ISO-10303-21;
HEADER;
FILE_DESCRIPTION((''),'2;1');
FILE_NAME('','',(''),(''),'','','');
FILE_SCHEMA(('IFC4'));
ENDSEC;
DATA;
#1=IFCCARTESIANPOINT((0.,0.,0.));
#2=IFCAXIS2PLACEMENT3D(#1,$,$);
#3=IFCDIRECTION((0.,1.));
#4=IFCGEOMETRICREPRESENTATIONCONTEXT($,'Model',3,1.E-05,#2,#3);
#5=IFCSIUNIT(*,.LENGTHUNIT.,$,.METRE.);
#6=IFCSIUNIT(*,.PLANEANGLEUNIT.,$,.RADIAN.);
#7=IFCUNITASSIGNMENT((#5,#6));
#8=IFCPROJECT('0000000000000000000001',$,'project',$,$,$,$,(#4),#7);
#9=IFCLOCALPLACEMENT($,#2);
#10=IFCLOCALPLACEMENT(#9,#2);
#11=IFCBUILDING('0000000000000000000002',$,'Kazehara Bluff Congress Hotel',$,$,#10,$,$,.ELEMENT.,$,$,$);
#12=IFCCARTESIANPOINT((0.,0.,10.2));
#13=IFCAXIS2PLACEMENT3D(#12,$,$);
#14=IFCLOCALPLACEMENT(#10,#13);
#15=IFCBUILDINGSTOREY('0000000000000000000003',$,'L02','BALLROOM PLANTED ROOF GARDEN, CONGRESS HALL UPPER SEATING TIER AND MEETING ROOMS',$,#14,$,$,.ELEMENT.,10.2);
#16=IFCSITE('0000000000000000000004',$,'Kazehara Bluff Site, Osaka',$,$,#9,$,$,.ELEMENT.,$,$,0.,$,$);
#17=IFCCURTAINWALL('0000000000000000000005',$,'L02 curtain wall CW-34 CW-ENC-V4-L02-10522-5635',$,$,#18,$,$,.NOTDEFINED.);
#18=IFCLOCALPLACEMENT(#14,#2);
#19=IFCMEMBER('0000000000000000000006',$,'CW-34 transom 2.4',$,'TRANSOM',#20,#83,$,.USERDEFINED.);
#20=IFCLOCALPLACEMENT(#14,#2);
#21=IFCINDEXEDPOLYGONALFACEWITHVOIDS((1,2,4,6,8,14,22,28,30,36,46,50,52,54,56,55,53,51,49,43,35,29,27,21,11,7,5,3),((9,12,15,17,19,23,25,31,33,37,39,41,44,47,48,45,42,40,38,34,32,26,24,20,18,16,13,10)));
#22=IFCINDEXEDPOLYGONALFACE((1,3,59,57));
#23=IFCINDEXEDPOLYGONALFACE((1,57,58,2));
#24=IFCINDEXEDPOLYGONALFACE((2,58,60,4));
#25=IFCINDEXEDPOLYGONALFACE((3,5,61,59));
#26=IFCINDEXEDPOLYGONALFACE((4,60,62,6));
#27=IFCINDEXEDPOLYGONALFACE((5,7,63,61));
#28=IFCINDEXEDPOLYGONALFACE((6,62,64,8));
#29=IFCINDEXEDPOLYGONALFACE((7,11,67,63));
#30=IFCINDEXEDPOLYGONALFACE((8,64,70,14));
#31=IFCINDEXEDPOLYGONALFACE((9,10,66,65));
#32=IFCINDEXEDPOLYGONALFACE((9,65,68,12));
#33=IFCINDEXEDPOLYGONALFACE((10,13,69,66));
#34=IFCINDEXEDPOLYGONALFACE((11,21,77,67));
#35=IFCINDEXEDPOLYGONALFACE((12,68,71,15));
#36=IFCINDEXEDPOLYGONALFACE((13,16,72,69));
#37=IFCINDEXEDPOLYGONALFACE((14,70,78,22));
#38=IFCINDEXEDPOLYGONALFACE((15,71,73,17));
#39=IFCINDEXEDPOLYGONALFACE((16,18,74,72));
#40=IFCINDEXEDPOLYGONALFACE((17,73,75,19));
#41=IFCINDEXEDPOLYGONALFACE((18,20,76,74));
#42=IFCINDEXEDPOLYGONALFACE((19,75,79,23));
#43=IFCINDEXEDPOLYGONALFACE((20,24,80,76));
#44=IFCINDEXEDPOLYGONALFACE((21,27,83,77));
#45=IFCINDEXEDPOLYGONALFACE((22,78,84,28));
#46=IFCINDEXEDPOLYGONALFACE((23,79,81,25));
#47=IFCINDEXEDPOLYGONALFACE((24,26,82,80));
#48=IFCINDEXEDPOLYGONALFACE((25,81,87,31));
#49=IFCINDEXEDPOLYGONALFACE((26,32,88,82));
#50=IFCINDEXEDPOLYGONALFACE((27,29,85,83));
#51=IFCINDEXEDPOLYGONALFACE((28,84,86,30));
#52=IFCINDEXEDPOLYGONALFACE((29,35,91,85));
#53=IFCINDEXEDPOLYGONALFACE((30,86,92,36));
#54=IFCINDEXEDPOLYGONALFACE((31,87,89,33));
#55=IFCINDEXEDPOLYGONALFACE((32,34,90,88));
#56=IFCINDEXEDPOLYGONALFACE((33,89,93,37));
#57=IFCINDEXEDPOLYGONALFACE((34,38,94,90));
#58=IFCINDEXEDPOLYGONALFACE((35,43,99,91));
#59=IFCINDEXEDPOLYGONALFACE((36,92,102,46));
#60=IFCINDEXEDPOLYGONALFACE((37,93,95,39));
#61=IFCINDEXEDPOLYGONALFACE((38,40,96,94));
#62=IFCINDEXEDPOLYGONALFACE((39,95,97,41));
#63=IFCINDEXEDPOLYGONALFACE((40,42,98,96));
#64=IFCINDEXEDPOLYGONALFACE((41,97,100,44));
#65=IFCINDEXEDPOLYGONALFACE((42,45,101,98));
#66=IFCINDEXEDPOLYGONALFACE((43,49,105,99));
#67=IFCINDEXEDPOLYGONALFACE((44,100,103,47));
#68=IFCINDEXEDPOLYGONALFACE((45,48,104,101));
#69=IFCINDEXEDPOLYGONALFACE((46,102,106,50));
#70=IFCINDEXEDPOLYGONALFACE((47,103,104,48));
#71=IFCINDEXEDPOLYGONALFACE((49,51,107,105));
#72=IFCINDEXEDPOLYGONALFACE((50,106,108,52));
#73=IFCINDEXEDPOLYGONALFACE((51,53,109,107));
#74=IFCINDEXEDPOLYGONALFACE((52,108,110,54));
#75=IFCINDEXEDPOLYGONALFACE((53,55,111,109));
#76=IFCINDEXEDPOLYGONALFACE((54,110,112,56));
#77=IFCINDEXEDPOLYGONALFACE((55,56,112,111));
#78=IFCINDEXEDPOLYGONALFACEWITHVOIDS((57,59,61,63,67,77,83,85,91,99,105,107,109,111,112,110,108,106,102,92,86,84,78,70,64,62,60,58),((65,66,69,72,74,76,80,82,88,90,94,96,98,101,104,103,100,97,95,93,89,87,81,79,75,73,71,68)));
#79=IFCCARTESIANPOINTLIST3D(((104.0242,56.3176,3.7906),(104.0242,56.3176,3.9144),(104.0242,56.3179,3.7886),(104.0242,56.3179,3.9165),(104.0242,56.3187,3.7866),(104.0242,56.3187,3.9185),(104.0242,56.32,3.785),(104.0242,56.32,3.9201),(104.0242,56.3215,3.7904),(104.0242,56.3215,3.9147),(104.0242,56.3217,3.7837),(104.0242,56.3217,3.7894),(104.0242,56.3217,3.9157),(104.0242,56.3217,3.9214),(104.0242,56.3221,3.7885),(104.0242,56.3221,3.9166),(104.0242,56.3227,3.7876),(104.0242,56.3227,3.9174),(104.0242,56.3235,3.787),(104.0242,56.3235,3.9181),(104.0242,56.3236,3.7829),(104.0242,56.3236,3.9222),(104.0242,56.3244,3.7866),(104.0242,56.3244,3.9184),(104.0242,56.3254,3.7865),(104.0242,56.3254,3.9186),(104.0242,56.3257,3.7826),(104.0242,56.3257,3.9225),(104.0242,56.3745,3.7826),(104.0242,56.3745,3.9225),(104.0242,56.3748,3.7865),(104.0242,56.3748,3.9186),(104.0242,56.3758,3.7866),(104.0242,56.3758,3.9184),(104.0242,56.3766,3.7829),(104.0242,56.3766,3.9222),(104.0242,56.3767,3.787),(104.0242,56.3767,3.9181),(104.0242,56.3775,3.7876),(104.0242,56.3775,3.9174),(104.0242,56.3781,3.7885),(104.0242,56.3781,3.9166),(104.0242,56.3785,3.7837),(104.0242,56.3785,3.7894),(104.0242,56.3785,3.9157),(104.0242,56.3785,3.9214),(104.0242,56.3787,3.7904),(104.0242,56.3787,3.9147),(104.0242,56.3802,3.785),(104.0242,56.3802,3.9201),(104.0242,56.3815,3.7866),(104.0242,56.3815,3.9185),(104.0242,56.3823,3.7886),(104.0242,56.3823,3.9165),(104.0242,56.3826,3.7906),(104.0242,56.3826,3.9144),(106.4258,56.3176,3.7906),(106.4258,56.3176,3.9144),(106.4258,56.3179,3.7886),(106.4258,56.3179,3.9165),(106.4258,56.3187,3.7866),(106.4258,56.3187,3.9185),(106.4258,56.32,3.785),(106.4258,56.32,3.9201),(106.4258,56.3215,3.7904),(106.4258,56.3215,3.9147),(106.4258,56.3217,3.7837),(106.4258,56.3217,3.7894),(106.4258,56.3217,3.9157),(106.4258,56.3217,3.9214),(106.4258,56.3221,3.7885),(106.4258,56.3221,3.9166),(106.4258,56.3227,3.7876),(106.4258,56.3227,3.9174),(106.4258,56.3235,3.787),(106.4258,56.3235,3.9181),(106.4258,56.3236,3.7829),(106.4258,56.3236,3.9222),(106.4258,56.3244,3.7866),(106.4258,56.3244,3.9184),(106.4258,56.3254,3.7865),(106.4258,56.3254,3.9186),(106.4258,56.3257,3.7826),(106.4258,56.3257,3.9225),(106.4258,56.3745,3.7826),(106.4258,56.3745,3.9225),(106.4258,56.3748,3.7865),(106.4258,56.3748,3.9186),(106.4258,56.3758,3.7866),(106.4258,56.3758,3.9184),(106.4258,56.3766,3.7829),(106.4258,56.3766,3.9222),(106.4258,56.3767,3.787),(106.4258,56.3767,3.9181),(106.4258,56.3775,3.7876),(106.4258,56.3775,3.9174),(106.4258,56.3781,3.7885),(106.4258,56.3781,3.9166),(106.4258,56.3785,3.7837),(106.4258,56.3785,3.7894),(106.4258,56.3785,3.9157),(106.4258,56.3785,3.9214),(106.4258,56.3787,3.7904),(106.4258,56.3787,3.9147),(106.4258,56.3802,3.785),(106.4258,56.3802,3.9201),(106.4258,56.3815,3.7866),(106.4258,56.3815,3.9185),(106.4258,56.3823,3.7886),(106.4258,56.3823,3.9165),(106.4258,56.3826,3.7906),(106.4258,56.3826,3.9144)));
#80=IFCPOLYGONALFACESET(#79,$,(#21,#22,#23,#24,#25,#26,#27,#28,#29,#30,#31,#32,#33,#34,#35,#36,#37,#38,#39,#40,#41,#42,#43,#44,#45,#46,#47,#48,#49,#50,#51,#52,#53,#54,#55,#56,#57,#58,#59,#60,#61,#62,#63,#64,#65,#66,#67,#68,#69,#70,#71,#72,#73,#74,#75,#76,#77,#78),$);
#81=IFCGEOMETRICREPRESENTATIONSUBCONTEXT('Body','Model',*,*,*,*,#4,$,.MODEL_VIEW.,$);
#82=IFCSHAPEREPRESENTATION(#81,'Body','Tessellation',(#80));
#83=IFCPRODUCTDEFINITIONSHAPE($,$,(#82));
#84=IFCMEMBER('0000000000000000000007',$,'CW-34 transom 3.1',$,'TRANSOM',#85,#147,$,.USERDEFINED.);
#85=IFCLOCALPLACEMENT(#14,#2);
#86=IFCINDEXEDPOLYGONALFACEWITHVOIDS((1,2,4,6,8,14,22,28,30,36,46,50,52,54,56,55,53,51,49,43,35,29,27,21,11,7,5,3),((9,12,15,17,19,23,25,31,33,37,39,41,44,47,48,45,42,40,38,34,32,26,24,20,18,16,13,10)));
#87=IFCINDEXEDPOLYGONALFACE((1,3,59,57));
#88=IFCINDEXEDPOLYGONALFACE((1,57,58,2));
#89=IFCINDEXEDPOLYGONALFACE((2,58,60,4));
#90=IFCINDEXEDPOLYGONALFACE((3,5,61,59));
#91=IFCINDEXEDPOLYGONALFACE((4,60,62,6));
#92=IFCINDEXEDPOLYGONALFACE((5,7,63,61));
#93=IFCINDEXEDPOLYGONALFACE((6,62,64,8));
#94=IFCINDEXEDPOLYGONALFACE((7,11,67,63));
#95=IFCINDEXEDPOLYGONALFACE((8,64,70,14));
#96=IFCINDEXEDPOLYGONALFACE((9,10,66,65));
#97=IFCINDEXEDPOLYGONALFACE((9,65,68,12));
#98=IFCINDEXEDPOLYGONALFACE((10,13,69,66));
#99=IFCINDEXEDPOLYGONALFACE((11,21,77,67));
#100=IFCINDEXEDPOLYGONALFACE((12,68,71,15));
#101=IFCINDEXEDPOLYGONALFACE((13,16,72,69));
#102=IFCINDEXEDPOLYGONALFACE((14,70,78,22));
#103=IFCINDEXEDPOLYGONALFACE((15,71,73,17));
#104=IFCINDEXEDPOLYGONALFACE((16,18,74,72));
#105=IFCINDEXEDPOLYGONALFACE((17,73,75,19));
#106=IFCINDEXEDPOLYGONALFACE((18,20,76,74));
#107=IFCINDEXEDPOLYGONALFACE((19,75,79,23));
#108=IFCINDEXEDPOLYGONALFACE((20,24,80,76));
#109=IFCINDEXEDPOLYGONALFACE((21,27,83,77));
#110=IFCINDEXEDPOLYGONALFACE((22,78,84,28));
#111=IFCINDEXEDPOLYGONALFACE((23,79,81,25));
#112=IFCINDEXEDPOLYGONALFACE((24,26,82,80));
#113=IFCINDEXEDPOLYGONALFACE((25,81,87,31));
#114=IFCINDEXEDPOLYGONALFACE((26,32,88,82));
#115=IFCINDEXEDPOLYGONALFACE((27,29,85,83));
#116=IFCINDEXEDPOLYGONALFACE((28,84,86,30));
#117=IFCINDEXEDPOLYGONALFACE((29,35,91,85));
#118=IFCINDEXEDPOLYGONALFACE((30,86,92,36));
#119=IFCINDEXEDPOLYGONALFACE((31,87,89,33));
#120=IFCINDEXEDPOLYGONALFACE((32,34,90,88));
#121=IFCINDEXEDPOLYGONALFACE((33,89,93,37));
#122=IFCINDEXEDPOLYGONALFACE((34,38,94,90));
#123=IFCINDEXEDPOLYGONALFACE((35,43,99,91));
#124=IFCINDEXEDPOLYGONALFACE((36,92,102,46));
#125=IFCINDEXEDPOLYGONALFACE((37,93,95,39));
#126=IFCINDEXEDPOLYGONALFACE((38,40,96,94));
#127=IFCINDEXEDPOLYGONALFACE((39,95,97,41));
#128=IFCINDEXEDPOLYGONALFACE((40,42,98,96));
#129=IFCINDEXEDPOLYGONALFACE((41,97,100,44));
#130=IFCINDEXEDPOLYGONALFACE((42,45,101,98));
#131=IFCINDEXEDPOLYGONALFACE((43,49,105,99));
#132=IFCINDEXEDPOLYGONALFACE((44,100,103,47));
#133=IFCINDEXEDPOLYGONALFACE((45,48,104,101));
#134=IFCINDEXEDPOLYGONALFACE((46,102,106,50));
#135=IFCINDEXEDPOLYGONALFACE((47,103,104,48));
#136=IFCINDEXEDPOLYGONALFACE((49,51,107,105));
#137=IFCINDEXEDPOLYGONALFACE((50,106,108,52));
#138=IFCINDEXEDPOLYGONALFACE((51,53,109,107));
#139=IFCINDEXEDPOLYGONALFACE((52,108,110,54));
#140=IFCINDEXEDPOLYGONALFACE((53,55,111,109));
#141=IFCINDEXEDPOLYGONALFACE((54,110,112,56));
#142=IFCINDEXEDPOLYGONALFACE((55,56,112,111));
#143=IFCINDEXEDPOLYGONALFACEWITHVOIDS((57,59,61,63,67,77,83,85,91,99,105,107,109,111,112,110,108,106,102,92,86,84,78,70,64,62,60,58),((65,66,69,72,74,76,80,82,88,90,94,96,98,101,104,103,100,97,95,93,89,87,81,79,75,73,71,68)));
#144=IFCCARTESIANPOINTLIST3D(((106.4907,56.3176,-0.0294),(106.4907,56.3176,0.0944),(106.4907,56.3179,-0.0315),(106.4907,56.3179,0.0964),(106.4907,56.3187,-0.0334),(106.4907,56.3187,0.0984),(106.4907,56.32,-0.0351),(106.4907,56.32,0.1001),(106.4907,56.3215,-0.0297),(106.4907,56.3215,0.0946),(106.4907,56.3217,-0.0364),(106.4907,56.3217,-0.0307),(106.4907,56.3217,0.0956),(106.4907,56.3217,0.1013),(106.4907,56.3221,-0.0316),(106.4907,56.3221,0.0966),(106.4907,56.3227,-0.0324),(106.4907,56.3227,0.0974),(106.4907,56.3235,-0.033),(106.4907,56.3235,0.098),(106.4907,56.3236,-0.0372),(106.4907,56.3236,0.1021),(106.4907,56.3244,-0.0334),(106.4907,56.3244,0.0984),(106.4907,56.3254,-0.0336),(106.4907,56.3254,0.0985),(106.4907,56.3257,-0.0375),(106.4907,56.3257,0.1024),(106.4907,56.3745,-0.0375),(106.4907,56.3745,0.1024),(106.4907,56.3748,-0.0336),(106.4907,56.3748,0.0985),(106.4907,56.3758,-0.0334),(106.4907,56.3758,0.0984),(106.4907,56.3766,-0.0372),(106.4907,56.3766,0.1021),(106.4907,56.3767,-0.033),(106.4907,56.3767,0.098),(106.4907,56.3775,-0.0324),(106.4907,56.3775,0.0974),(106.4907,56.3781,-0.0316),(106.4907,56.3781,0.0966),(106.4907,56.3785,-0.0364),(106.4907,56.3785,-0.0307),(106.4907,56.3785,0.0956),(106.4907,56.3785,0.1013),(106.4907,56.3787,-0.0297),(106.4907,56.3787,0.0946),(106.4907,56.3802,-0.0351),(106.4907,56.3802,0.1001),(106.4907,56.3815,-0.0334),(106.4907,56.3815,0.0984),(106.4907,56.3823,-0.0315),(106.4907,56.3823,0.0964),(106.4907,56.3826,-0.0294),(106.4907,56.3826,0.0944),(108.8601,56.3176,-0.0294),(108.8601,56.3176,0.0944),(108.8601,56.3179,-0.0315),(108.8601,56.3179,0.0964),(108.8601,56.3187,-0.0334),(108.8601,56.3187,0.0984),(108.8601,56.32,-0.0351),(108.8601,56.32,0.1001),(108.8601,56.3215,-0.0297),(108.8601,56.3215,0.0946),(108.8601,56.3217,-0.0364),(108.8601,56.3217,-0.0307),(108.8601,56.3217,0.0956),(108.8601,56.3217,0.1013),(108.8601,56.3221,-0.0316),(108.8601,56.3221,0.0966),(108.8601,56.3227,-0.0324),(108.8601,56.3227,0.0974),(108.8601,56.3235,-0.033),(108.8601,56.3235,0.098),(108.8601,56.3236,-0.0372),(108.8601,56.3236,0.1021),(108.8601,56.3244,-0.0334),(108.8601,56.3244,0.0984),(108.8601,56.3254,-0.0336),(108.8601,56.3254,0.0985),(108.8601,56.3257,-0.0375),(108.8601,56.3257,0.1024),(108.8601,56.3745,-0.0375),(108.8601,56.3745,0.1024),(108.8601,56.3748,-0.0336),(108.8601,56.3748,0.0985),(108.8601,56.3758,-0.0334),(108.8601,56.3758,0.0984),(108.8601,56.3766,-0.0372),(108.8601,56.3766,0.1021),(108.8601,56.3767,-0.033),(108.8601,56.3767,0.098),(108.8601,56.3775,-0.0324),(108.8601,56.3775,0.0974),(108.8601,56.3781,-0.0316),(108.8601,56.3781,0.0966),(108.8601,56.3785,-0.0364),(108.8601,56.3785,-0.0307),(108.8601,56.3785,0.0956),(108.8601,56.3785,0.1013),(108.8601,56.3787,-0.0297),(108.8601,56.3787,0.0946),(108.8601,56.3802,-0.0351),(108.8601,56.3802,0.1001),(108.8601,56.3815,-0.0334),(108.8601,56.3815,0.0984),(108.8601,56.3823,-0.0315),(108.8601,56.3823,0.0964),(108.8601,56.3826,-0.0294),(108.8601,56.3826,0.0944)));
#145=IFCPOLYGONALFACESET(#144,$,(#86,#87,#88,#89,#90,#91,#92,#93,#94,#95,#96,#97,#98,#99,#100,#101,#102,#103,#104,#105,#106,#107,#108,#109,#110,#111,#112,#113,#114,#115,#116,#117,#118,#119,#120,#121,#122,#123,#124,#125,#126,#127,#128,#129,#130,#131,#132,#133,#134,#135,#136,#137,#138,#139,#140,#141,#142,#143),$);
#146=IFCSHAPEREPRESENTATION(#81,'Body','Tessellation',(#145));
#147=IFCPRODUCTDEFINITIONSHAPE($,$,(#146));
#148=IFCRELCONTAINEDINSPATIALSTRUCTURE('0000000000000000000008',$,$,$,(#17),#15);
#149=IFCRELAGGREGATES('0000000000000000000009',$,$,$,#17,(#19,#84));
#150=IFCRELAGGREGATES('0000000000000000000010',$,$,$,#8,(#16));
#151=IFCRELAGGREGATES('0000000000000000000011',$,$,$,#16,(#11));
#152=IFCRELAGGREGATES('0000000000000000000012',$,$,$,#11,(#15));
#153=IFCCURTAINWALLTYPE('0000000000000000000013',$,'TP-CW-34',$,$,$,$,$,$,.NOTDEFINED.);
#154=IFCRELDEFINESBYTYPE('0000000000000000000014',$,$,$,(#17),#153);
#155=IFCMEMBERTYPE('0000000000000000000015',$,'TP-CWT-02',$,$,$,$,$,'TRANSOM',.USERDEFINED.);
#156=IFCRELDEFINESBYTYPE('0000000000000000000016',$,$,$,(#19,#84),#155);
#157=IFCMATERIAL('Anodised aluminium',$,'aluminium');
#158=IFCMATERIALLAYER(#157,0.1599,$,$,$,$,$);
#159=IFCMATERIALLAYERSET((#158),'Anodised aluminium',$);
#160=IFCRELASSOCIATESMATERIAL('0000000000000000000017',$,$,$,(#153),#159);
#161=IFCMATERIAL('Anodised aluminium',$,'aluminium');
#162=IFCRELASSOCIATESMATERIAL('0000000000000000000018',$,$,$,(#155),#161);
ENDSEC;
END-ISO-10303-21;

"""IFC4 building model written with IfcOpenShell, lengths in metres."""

from ifc_helpers import new_model, si_unit, direction, frame, origin, origin_2d, place, context, subcontext, project, spatial, hollow_rectangle, extrude, material, layer, layer_set, material_profile, profile_set, type_object, element, aggregate, save


model = new_model("IFC4")

# Units and contexts
model_context = context("Model", 3, precision=1e-05, world=origin(), true_north=direction((0.0, 1.0)))
body_context = subcontext(model_context, "Body", "Model", "MODEL_VIEW")
ifc_project = project(units=[si_unit("LENGTHUNIT", "METRE"), si_unit("PLANEANGLEUNIT", "RADIAN")], contexts=[model_context])

# Site, building, storey
site_placement = place(None, origin())
site = spatial("IfcSite", under=ifc_project, at=site_placement, Name="Kazehara Bluff Site, Osaka", CompositionType="ELEMENT", RefElevation=0.0)
building_placement = place(site_placement, origin())
building = spatial("IfcBuilding", under=site, at=building_placement, Name="Kazehara Bluff Congress Hotel", CompositionType="ELEMENT")
storey_placement = place(building_placement, frame((0.0, 0.0, 10.2)))
storey = spatial("IfcBuildingStorey", under=building, at=storey_placement, Name="L02", Description="BALLROOM PLANTED ROOF GARDEN, CONGRESS HALL UPPER SEATING TIER AND MEETING ROOMS", CompositionType="ELEMENT", Elevation=10.2)

# Curtain wall
ifc_material_1 = material(Name="Anodised aluminium", Category="aluminium")
ifc_layer_1 = layer(ifc_material_1, 0.1599)
ifc_layer_set_1 = layer_set([ifc_layer_1], Name="Anodised aluminium")
curtain_wall_type_1 = type_object("IfcCurtainWallType", Name="TP-CW-34", PredefinedType="NOTDEFINED", material=ifc_layer_set_1)
curtain_wall_1_placement = place(storey_placement, origin())
curtain_wall_1 = element("IfcCurtainWall", 1, at=curtain_wall_1_placement, inside=storey, type_object=curtain_wall_type_1, Name="L02 curtain wall CW-34 CW-ENC-V4-L02-10522-5635", PredefinedType="NOTDEFINED")

# Members
ifc_material_2 = material(Name="Anodised aluminium", Category="aluminium")
ifc_material_profile_1 = material_profile(ifc_material_2, hollow_rectangle(XDim=0.0649, YDim=0.1399, WallThickness=0.0039, InnerFilletRadius=0.0039, OuterFilletRadius=0.0081, at=origin_2d()))
ifc_profile_set_1 = profile_set([ifc_material_profile_1], Name="Anodised aluminium")
member_type_1 = type_object("IfcMemberType", Name="TP-CWT-02", ElementType="TRANSOM", PredefinedType="USERDEFINED", material=ifc_profile_set_1)
member_1_placement = place(storey_placement, frame((104.0242, 56.3501, 3.8525), z_axis=(1.0, 0.0, 0.0), x_axis=(0.0, 1.0, 0.0)))
member_1 = element("IfcMember", 2, at=member_1_placement, type_object=member_type_1, Name="CW-34 transom 2.4", ObjectType="TRANSOM", PredefinedType="USERDEFINED", context=body_context, shape_type="SweptSolid", body=[
    extrude(hollow_rectangle(XDim=0.0649, YDim=0.1399, WallThickness=0.0039, InnerFilletRadius=0.0039, OuterFilletRadius=0.0081, at=origin_2d()), origin(), (0.0, 0.0, 1.0), 2.4016),
])
member_2_placement = place(storey_placement, frame((106.4907, 56.3501, 0.0325), z_axis=(1.0, 0.0, 0.0), x_axis=(0.0, 1.0, 0.0)))
member_2 = element("IfcMember", 3, at=member_2_placement, type_object=member_type_1, Name="CW-34 transom 3.1", ObjectType="TRANSOM", PredefinedType="USERDEFINED", context=body_context, shape_type="SweptSolid", body=[
    extrude(hollow_rectangle(XDim=0.0649, YDim=0.1399, WallThickness=0.0039, InnerFilletRadius=0.0039, OuterFilletRadius=0.0081, at=origin_2d()), origin(), (0.0, 0.0, 1.0), 2.3694),
])

aggregate(curtain_wall_1, [member_1, member_2])

save(model, "model.ifc")
